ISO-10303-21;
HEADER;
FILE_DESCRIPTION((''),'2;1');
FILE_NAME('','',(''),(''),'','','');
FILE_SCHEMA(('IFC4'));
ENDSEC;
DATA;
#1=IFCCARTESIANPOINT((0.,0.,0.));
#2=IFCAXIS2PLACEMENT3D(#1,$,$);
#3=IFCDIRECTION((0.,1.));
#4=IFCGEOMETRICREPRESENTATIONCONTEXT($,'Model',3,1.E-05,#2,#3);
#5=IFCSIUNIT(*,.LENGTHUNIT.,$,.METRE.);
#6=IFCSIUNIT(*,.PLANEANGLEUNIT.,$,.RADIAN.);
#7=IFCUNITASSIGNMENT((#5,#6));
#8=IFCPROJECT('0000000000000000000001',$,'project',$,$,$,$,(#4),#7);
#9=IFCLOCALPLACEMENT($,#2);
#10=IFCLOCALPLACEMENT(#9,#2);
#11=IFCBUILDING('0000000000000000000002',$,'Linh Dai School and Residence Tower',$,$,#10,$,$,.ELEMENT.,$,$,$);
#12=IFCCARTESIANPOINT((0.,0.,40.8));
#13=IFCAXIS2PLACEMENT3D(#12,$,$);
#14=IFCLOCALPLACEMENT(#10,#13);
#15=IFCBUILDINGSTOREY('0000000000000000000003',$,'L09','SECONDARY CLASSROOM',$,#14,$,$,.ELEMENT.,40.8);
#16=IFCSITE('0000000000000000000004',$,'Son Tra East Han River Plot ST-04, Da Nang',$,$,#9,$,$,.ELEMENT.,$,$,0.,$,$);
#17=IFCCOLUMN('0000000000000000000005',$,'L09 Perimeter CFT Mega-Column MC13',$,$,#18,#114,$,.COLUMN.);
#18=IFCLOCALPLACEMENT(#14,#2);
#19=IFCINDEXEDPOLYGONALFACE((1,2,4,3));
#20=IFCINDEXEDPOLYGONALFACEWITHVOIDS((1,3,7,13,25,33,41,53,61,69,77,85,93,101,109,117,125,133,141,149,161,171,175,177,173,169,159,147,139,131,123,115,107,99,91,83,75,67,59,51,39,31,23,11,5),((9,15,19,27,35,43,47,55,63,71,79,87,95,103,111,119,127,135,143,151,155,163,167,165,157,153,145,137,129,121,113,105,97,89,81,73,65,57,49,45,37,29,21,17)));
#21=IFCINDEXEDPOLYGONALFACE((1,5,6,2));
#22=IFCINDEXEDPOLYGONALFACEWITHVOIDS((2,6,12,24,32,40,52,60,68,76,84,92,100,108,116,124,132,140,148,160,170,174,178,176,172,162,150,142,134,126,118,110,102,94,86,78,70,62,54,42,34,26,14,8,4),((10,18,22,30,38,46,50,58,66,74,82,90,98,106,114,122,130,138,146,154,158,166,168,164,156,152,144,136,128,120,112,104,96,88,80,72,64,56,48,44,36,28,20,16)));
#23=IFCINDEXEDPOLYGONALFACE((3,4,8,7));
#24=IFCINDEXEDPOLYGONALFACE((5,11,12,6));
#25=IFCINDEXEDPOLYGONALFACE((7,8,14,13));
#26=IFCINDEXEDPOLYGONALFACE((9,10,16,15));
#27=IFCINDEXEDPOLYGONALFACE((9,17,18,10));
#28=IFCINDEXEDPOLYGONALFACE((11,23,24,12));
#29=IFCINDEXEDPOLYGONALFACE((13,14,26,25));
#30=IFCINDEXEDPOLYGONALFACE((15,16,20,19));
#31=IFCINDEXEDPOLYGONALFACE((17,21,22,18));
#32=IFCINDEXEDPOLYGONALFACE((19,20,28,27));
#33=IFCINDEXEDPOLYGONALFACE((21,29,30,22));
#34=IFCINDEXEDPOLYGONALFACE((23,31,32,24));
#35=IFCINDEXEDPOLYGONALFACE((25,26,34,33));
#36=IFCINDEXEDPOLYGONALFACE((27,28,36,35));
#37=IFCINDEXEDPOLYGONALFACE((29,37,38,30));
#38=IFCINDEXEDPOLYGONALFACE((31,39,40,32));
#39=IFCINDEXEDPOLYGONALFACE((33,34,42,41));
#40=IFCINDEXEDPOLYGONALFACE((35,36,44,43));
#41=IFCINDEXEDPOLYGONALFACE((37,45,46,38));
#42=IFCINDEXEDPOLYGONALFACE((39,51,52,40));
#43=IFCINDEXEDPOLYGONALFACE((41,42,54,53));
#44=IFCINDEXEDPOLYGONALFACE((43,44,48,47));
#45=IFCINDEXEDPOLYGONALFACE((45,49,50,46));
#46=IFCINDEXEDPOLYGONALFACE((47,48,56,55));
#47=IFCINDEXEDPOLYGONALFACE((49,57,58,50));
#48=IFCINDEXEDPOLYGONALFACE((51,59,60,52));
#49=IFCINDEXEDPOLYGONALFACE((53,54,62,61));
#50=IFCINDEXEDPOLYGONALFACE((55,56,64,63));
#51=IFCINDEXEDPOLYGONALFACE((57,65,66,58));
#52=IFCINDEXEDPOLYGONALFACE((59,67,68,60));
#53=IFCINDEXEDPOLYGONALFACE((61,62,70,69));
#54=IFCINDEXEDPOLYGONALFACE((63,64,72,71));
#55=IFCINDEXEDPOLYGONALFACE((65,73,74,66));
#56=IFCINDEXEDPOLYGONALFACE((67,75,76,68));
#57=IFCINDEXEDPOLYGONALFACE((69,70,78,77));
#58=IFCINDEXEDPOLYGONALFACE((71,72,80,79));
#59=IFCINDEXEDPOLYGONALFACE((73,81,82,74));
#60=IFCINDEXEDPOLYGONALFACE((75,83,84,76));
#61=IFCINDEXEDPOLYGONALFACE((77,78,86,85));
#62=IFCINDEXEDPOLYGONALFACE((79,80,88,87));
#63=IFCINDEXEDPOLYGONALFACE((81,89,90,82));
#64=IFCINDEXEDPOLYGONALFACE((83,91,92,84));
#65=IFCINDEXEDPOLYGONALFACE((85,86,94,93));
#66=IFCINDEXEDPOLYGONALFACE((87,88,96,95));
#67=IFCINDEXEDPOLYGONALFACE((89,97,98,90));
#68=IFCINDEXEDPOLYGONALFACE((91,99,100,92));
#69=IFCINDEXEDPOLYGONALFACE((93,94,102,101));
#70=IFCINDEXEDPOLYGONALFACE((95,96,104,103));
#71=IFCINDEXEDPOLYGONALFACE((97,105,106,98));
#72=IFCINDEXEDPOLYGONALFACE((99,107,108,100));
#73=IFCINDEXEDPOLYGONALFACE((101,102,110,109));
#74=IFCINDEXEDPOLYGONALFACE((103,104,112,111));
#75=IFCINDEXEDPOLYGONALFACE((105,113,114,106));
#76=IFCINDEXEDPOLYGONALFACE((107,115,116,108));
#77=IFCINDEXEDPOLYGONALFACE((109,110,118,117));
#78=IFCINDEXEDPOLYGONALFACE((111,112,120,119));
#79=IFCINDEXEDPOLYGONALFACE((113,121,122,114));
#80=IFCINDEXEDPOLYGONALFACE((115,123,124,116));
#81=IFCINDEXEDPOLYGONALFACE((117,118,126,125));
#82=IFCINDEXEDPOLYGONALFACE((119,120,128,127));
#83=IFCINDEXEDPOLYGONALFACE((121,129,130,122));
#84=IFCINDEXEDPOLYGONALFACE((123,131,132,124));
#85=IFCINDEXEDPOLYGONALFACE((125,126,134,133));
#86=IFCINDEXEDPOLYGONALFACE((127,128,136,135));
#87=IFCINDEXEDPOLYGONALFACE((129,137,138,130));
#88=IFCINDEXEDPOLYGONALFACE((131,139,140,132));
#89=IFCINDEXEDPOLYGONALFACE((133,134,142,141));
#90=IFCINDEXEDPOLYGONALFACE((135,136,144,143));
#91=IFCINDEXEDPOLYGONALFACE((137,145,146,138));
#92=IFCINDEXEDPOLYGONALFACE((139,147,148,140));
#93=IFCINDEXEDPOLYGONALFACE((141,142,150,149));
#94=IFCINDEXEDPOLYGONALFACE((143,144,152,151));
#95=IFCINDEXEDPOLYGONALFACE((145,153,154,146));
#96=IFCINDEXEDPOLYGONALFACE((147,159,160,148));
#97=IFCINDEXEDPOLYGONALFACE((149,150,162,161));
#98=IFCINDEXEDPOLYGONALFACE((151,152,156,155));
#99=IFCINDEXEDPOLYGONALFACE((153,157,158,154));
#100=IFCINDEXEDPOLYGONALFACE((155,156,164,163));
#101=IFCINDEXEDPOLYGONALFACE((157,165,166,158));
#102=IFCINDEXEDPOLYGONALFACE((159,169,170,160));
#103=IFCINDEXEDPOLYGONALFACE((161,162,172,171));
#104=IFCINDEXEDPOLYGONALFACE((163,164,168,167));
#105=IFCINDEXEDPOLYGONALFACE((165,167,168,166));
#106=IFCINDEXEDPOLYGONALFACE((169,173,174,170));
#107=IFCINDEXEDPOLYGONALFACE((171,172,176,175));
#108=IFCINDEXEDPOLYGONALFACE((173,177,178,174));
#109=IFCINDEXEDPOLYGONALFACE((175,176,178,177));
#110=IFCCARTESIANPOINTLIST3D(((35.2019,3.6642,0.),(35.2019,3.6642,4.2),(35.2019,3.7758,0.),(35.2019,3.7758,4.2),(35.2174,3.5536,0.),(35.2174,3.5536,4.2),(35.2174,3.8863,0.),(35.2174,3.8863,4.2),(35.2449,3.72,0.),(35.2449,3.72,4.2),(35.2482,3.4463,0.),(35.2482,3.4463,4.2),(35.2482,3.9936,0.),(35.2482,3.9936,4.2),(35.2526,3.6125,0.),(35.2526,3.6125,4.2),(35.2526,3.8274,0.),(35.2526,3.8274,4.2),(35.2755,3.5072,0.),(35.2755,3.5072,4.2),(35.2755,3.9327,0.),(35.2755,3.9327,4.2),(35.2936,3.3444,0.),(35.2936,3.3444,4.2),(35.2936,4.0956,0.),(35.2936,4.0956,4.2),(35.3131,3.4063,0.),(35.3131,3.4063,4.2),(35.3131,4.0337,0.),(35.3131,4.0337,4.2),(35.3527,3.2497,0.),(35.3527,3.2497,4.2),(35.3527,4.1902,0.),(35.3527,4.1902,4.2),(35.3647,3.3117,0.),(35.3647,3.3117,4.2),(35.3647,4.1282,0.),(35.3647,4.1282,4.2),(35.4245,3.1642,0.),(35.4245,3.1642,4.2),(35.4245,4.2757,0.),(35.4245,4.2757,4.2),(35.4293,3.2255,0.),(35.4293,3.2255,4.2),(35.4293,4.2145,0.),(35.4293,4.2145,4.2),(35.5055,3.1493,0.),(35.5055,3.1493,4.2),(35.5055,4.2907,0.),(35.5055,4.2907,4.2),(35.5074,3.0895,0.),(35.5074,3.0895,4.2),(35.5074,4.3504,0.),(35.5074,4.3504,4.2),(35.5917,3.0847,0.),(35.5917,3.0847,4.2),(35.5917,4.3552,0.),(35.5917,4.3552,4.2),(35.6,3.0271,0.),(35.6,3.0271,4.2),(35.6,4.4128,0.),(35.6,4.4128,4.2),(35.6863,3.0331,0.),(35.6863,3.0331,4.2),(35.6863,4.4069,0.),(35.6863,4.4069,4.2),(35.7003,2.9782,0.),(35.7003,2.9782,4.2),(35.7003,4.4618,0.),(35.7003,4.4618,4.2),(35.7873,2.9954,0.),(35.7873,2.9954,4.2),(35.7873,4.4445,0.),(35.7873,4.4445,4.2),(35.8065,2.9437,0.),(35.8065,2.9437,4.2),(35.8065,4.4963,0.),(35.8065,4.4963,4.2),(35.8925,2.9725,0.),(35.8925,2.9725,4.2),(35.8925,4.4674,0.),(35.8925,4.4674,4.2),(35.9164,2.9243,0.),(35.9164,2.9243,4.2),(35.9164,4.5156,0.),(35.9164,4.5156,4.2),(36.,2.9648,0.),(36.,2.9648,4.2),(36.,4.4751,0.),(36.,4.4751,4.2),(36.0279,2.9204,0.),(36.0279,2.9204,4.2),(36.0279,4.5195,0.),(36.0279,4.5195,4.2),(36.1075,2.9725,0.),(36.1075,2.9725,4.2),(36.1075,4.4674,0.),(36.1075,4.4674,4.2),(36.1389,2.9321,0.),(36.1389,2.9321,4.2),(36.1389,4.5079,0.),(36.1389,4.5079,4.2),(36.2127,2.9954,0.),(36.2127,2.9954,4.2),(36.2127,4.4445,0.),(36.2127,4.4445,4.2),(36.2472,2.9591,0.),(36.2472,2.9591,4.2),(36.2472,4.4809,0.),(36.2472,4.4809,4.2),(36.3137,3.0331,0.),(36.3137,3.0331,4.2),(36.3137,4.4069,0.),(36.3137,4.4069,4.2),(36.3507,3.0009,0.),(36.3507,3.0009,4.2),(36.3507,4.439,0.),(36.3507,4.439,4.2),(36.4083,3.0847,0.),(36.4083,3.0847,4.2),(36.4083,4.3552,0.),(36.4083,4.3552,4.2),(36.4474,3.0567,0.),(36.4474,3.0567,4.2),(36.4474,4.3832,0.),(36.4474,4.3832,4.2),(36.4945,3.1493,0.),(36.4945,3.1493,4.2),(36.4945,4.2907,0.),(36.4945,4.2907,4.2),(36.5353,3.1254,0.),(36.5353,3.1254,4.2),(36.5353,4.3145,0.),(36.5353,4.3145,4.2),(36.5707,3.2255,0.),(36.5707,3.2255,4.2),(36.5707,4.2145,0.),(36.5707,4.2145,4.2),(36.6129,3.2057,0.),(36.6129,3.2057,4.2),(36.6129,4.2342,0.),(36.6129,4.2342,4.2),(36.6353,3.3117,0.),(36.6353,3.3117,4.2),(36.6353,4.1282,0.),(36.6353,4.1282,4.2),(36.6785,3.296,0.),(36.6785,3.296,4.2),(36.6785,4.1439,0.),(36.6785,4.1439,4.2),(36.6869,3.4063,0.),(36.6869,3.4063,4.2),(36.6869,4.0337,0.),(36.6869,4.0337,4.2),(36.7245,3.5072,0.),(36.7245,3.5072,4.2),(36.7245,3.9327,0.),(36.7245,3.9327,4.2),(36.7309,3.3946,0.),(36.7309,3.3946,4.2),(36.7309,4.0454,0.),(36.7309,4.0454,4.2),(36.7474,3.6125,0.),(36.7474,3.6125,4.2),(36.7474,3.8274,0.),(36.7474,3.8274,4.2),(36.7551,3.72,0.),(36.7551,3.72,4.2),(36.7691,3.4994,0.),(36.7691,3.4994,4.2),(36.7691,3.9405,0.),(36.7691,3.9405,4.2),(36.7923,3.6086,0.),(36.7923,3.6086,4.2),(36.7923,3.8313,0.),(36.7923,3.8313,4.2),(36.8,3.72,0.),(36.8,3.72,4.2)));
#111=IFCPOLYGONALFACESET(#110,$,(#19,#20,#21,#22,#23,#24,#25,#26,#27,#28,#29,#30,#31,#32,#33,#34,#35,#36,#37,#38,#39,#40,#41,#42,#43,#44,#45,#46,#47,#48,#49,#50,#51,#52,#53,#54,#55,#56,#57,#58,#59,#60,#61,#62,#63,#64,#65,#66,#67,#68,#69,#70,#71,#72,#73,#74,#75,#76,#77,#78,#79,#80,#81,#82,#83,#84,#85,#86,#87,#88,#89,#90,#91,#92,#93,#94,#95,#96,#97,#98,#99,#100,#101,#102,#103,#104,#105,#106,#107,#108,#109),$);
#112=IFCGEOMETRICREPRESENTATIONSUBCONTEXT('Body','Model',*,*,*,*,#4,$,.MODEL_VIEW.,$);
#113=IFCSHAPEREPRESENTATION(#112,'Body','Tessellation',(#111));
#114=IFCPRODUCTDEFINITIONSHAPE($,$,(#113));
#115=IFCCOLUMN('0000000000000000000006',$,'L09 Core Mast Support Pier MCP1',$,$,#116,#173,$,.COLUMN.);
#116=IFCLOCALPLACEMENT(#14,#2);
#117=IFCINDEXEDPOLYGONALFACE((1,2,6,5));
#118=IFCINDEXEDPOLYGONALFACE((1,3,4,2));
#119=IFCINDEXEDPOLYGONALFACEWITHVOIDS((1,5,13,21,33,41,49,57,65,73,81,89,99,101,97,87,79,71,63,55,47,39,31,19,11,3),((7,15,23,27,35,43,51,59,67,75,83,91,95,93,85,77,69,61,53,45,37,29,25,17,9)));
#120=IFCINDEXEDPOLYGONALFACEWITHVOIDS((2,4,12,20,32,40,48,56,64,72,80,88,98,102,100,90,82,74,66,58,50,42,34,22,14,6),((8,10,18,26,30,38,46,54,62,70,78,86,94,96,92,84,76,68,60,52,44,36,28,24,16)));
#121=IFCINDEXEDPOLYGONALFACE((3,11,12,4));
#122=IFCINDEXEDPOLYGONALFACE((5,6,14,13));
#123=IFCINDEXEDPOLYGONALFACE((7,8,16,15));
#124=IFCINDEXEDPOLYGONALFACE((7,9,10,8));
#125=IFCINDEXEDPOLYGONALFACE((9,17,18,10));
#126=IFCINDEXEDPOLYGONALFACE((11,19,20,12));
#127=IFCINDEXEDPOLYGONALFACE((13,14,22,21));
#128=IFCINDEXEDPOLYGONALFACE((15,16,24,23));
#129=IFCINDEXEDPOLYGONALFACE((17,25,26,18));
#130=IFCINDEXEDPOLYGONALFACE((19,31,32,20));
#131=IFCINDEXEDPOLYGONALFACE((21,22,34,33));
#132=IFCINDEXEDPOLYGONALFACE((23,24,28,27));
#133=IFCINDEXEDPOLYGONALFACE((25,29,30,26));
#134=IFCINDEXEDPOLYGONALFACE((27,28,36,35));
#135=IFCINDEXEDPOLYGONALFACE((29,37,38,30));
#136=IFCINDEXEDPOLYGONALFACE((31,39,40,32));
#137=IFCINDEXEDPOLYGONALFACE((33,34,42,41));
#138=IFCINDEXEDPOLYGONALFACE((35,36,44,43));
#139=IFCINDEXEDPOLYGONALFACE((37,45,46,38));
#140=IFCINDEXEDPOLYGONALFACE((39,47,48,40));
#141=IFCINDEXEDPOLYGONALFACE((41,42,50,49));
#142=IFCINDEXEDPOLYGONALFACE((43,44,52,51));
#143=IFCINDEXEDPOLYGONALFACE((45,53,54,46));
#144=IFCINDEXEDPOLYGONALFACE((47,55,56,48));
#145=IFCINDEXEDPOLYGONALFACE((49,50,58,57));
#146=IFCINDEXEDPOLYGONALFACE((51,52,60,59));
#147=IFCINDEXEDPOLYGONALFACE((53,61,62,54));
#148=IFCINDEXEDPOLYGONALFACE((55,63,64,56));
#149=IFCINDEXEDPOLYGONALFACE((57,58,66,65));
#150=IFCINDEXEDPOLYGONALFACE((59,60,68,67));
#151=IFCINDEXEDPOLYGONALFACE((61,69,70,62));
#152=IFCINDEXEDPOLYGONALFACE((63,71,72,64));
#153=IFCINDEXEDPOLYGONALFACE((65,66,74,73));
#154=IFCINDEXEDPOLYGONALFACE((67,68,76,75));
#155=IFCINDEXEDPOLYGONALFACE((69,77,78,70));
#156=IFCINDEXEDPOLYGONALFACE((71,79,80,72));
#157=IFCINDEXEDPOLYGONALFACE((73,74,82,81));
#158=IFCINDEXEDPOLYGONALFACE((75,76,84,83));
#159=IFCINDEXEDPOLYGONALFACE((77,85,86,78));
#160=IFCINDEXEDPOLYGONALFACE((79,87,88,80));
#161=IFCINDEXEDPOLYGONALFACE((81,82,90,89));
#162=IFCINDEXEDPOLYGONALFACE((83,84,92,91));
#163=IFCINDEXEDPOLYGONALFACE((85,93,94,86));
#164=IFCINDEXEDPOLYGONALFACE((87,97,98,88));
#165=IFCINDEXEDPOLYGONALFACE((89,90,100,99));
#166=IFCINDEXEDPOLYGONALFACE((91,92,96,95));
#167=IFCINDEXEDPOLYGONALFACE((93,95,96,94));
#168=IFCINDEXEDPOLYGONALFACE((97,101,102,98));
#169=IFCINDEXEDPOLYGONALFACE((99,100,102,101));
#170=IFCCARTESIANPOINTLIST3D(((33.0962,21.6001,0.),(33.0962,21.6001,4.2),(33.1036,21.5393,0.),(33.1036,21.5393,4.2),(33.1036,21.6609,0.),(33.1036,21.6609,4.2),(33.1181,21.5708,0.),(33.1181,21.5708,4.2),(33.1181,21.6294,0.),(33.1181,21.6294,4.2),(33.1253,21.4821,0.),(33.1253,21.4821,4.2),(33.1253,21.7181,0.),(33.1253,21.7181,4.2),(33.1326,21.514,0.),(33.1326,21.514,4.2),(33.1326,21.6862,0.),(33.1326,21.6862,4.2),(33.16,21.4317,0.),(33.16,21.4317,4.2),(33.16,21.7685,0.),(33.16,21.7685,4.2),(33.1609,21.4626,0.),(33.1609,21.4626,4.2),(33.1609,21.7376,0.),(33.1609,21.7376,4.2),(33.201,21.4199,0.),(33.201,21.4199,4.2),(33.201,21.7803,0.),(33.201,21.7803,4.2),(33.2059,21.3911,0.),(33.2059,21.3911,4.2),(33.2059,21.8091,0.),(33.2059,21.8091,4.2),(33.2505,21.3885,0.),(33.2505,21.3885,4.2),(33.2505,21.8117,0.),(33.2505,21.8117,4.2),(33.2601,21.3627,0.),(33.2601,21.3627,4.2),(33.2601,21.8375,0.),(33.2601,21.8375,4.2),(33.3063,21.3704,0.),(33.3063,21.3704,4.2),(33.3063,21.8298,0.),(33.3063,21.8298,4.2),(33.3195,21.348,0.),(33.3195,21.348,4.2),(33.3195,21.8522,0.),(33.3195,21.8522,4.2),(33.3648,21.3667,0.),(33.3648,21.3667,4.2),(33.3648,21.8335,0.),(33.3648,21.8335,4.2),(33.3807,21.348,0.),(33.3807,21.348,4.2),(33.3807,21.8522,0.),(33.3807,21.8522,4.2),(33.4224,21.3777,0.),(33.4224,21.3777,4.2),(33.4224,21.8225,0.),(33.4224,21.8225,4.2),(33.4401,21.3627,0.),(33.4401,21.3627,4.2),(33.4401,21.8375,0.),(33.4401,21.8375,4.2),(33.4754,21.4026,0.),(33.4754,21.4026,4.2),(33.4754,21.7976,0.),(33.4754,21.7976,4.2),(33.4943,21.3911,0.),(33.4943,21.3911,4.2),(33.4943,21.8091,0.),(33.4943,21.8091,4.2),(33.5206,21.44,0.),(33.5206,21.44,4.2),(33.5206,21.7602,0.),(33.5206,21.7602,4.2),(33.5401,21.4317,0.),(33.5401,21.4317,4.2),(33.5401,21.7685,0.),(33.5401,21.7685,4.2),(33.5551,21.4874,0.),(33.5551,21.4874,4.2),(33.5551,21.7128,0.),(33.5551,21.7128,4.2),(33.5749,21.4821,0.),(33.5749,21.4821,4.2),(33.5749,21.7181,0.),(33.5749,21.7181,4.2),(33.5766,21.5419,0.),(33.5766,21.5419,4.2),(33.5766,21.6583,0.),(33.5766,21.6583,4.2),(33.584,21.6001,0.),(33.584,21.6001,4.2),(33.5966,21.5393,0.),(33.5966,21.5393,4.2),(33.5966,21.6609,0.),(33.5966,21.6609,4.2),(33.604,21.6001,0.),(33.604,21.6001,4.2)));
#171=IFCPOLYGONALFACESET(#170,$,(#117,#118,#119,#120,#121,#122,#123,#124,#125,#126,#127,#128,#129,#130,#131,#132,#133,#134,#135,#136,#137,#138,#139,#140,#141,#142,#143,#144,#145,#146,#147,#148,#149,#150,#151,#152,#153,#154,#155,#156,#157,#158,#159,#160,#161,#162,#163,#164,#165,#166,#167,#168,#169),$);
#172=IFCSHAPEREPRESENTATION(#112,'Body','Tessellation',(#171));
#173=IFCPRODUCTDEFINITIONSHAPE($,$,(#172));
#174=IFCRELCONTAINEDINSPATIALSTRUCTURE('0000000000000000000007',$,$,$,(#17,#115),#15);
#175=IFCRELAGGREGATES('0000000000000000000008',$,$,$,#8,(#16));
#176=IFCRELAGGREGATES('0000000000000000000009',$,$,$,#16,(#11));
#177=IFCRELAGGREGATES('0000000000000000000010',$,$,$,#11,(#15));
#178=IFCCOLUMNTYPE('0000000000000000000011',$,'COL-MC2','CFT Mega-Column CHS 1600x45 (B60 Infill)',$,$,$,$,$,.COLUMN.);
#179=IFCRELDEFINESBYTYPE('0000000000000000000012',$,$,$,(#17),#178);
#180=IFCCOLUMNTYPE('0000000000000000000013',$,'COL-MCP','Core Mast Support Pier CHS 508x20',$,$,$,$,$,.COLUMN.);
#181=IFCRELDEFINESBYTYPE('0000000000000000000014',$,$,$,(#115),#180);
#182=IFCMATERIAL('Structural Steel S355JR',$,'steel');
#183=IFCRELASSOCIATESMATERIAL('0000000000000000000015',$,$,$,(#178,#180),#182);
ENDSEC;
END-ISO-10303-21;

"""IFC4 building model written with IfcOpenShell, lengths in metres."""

from ifc_helpers import new_model, si_unit, direction, frame, origin, origin_2d, place, context, subcontext, project, spatial, hollow_circle, extrude, material, material_profile, profile_set, type_object, element, save


model = new_model("IFC4")

# Units and contexts
model_context = context("Model", 3, precision=1e-05, world=origin(), true_north=direction((0.0, 1.0)))
body_context = subcontext(model_context, "Body", "Model", "MODEL_VIEW")
ifc_project = project(units=[si_unit("LENGTHUNIT", "METRE"), si_unit("PLANEANGLEUNIT", "RADIAN")], contexts=[model_context])

# Site, building, storey
site_placement = place(None, origin())
site = spatial("IfcSite", under=ifc_project, at=site_placement, Name="Son Tra East Han River Plot ST-04, Da Nang", CompositionType="ELEMENT", RefElevation=0.0)
building_placement = place(site_placement, origin())
building = spatial("IfcBuilding", under=site, at=building_placement, Name="Linh Dai School and Residence Tower", CompositionType="ELEMENT")
storey_placement = place(building_placement, frame((0.0, 0.0, 40.8)))
storey = spatial("IfcBuildingStorey", under=building, at=storey_placement, Name="L09", Description="SECONDARY CLASSROOM", CompositionType="ELEMENT", Elevation=40.8)

# Columns
ifc_material_1 = material(Name="Structural Steel S355JR", Category="steel")
ifc_material_profile_1 = material_profile(ifc_material_1, hollow_circle(Radius=0.8, WallThickness=0.0449, at=origin_2d()), Name="CHS 1600x45")
ifc_profile_set_1 = profile_set([ifc_material_profile_1], Name="Structural Steel S355JR")
column_type_1 = type_object("IfcColumnType", Name="COL-MC2", Description="CFT Mega-Column CHS 1600x45 (B60 Infill)", PredefinedType="COLUMN", material=ifc_profile_set_1)
column_1_placement = place(storey_placement, frame((36.0, 3.72, 0.0), z_axis=(0.0, 0.0, 1.0), x_axis=(1.0, 0.0, 0.0)))
element("IfcColumn", 1, at=column_1_placement, inside=storey, type_object=column_type_1, Name="L09 Perimeter CFT Mega-Column MC13", PredefinedType="COLUMN", context=body_context, shape_type="SweptSolid", body=[
    extrude(hollow_circle(Radius=0.8, WallThickness=0.0449, at=origin_2d()), origin(), (0.0, 0.0, 1.0), 4.2),
])
ifc_material_profile_2 = material_profile(ifc_material_1, hollow_circle(Radius=0.2539, WallThickness=0.02, at=origin_2d()), Name="CHS 508x20")
ifc_profile_set_2 = profile_set([ifc_material_profile_2], Name="Structural Steel S355JR")
column_type_2 = type_object("IfcColumnType", Name="COL-MCP", Description="Core Mast Support Pier CHS 508x20", PredefinedType="COLUMN", material=ifc_profile_set_2)
column_2_placement = place(storey_placement, frame((33.3501, 21.6001, 0.0), z_axis=(0.0, 0.0, 1.0), x_axis=(1.0, 0.0, 0.0)))
element("IfcColumn", 2, at=column_2_placement, inside=storey, type_object=column_type_2, Name="L09 Core Mast Support Pier MCP1", PredefinedType="COLUMN", context=body_context, shape_type="SweptSolid", body=[
    extrude(hollow_circle(Radius=0.2539, WallThickness=0.02, at=origin_2d()), origin(), (0.0, 0.0, 1.0), 4.2),
])

save(model, "model.ifc")
